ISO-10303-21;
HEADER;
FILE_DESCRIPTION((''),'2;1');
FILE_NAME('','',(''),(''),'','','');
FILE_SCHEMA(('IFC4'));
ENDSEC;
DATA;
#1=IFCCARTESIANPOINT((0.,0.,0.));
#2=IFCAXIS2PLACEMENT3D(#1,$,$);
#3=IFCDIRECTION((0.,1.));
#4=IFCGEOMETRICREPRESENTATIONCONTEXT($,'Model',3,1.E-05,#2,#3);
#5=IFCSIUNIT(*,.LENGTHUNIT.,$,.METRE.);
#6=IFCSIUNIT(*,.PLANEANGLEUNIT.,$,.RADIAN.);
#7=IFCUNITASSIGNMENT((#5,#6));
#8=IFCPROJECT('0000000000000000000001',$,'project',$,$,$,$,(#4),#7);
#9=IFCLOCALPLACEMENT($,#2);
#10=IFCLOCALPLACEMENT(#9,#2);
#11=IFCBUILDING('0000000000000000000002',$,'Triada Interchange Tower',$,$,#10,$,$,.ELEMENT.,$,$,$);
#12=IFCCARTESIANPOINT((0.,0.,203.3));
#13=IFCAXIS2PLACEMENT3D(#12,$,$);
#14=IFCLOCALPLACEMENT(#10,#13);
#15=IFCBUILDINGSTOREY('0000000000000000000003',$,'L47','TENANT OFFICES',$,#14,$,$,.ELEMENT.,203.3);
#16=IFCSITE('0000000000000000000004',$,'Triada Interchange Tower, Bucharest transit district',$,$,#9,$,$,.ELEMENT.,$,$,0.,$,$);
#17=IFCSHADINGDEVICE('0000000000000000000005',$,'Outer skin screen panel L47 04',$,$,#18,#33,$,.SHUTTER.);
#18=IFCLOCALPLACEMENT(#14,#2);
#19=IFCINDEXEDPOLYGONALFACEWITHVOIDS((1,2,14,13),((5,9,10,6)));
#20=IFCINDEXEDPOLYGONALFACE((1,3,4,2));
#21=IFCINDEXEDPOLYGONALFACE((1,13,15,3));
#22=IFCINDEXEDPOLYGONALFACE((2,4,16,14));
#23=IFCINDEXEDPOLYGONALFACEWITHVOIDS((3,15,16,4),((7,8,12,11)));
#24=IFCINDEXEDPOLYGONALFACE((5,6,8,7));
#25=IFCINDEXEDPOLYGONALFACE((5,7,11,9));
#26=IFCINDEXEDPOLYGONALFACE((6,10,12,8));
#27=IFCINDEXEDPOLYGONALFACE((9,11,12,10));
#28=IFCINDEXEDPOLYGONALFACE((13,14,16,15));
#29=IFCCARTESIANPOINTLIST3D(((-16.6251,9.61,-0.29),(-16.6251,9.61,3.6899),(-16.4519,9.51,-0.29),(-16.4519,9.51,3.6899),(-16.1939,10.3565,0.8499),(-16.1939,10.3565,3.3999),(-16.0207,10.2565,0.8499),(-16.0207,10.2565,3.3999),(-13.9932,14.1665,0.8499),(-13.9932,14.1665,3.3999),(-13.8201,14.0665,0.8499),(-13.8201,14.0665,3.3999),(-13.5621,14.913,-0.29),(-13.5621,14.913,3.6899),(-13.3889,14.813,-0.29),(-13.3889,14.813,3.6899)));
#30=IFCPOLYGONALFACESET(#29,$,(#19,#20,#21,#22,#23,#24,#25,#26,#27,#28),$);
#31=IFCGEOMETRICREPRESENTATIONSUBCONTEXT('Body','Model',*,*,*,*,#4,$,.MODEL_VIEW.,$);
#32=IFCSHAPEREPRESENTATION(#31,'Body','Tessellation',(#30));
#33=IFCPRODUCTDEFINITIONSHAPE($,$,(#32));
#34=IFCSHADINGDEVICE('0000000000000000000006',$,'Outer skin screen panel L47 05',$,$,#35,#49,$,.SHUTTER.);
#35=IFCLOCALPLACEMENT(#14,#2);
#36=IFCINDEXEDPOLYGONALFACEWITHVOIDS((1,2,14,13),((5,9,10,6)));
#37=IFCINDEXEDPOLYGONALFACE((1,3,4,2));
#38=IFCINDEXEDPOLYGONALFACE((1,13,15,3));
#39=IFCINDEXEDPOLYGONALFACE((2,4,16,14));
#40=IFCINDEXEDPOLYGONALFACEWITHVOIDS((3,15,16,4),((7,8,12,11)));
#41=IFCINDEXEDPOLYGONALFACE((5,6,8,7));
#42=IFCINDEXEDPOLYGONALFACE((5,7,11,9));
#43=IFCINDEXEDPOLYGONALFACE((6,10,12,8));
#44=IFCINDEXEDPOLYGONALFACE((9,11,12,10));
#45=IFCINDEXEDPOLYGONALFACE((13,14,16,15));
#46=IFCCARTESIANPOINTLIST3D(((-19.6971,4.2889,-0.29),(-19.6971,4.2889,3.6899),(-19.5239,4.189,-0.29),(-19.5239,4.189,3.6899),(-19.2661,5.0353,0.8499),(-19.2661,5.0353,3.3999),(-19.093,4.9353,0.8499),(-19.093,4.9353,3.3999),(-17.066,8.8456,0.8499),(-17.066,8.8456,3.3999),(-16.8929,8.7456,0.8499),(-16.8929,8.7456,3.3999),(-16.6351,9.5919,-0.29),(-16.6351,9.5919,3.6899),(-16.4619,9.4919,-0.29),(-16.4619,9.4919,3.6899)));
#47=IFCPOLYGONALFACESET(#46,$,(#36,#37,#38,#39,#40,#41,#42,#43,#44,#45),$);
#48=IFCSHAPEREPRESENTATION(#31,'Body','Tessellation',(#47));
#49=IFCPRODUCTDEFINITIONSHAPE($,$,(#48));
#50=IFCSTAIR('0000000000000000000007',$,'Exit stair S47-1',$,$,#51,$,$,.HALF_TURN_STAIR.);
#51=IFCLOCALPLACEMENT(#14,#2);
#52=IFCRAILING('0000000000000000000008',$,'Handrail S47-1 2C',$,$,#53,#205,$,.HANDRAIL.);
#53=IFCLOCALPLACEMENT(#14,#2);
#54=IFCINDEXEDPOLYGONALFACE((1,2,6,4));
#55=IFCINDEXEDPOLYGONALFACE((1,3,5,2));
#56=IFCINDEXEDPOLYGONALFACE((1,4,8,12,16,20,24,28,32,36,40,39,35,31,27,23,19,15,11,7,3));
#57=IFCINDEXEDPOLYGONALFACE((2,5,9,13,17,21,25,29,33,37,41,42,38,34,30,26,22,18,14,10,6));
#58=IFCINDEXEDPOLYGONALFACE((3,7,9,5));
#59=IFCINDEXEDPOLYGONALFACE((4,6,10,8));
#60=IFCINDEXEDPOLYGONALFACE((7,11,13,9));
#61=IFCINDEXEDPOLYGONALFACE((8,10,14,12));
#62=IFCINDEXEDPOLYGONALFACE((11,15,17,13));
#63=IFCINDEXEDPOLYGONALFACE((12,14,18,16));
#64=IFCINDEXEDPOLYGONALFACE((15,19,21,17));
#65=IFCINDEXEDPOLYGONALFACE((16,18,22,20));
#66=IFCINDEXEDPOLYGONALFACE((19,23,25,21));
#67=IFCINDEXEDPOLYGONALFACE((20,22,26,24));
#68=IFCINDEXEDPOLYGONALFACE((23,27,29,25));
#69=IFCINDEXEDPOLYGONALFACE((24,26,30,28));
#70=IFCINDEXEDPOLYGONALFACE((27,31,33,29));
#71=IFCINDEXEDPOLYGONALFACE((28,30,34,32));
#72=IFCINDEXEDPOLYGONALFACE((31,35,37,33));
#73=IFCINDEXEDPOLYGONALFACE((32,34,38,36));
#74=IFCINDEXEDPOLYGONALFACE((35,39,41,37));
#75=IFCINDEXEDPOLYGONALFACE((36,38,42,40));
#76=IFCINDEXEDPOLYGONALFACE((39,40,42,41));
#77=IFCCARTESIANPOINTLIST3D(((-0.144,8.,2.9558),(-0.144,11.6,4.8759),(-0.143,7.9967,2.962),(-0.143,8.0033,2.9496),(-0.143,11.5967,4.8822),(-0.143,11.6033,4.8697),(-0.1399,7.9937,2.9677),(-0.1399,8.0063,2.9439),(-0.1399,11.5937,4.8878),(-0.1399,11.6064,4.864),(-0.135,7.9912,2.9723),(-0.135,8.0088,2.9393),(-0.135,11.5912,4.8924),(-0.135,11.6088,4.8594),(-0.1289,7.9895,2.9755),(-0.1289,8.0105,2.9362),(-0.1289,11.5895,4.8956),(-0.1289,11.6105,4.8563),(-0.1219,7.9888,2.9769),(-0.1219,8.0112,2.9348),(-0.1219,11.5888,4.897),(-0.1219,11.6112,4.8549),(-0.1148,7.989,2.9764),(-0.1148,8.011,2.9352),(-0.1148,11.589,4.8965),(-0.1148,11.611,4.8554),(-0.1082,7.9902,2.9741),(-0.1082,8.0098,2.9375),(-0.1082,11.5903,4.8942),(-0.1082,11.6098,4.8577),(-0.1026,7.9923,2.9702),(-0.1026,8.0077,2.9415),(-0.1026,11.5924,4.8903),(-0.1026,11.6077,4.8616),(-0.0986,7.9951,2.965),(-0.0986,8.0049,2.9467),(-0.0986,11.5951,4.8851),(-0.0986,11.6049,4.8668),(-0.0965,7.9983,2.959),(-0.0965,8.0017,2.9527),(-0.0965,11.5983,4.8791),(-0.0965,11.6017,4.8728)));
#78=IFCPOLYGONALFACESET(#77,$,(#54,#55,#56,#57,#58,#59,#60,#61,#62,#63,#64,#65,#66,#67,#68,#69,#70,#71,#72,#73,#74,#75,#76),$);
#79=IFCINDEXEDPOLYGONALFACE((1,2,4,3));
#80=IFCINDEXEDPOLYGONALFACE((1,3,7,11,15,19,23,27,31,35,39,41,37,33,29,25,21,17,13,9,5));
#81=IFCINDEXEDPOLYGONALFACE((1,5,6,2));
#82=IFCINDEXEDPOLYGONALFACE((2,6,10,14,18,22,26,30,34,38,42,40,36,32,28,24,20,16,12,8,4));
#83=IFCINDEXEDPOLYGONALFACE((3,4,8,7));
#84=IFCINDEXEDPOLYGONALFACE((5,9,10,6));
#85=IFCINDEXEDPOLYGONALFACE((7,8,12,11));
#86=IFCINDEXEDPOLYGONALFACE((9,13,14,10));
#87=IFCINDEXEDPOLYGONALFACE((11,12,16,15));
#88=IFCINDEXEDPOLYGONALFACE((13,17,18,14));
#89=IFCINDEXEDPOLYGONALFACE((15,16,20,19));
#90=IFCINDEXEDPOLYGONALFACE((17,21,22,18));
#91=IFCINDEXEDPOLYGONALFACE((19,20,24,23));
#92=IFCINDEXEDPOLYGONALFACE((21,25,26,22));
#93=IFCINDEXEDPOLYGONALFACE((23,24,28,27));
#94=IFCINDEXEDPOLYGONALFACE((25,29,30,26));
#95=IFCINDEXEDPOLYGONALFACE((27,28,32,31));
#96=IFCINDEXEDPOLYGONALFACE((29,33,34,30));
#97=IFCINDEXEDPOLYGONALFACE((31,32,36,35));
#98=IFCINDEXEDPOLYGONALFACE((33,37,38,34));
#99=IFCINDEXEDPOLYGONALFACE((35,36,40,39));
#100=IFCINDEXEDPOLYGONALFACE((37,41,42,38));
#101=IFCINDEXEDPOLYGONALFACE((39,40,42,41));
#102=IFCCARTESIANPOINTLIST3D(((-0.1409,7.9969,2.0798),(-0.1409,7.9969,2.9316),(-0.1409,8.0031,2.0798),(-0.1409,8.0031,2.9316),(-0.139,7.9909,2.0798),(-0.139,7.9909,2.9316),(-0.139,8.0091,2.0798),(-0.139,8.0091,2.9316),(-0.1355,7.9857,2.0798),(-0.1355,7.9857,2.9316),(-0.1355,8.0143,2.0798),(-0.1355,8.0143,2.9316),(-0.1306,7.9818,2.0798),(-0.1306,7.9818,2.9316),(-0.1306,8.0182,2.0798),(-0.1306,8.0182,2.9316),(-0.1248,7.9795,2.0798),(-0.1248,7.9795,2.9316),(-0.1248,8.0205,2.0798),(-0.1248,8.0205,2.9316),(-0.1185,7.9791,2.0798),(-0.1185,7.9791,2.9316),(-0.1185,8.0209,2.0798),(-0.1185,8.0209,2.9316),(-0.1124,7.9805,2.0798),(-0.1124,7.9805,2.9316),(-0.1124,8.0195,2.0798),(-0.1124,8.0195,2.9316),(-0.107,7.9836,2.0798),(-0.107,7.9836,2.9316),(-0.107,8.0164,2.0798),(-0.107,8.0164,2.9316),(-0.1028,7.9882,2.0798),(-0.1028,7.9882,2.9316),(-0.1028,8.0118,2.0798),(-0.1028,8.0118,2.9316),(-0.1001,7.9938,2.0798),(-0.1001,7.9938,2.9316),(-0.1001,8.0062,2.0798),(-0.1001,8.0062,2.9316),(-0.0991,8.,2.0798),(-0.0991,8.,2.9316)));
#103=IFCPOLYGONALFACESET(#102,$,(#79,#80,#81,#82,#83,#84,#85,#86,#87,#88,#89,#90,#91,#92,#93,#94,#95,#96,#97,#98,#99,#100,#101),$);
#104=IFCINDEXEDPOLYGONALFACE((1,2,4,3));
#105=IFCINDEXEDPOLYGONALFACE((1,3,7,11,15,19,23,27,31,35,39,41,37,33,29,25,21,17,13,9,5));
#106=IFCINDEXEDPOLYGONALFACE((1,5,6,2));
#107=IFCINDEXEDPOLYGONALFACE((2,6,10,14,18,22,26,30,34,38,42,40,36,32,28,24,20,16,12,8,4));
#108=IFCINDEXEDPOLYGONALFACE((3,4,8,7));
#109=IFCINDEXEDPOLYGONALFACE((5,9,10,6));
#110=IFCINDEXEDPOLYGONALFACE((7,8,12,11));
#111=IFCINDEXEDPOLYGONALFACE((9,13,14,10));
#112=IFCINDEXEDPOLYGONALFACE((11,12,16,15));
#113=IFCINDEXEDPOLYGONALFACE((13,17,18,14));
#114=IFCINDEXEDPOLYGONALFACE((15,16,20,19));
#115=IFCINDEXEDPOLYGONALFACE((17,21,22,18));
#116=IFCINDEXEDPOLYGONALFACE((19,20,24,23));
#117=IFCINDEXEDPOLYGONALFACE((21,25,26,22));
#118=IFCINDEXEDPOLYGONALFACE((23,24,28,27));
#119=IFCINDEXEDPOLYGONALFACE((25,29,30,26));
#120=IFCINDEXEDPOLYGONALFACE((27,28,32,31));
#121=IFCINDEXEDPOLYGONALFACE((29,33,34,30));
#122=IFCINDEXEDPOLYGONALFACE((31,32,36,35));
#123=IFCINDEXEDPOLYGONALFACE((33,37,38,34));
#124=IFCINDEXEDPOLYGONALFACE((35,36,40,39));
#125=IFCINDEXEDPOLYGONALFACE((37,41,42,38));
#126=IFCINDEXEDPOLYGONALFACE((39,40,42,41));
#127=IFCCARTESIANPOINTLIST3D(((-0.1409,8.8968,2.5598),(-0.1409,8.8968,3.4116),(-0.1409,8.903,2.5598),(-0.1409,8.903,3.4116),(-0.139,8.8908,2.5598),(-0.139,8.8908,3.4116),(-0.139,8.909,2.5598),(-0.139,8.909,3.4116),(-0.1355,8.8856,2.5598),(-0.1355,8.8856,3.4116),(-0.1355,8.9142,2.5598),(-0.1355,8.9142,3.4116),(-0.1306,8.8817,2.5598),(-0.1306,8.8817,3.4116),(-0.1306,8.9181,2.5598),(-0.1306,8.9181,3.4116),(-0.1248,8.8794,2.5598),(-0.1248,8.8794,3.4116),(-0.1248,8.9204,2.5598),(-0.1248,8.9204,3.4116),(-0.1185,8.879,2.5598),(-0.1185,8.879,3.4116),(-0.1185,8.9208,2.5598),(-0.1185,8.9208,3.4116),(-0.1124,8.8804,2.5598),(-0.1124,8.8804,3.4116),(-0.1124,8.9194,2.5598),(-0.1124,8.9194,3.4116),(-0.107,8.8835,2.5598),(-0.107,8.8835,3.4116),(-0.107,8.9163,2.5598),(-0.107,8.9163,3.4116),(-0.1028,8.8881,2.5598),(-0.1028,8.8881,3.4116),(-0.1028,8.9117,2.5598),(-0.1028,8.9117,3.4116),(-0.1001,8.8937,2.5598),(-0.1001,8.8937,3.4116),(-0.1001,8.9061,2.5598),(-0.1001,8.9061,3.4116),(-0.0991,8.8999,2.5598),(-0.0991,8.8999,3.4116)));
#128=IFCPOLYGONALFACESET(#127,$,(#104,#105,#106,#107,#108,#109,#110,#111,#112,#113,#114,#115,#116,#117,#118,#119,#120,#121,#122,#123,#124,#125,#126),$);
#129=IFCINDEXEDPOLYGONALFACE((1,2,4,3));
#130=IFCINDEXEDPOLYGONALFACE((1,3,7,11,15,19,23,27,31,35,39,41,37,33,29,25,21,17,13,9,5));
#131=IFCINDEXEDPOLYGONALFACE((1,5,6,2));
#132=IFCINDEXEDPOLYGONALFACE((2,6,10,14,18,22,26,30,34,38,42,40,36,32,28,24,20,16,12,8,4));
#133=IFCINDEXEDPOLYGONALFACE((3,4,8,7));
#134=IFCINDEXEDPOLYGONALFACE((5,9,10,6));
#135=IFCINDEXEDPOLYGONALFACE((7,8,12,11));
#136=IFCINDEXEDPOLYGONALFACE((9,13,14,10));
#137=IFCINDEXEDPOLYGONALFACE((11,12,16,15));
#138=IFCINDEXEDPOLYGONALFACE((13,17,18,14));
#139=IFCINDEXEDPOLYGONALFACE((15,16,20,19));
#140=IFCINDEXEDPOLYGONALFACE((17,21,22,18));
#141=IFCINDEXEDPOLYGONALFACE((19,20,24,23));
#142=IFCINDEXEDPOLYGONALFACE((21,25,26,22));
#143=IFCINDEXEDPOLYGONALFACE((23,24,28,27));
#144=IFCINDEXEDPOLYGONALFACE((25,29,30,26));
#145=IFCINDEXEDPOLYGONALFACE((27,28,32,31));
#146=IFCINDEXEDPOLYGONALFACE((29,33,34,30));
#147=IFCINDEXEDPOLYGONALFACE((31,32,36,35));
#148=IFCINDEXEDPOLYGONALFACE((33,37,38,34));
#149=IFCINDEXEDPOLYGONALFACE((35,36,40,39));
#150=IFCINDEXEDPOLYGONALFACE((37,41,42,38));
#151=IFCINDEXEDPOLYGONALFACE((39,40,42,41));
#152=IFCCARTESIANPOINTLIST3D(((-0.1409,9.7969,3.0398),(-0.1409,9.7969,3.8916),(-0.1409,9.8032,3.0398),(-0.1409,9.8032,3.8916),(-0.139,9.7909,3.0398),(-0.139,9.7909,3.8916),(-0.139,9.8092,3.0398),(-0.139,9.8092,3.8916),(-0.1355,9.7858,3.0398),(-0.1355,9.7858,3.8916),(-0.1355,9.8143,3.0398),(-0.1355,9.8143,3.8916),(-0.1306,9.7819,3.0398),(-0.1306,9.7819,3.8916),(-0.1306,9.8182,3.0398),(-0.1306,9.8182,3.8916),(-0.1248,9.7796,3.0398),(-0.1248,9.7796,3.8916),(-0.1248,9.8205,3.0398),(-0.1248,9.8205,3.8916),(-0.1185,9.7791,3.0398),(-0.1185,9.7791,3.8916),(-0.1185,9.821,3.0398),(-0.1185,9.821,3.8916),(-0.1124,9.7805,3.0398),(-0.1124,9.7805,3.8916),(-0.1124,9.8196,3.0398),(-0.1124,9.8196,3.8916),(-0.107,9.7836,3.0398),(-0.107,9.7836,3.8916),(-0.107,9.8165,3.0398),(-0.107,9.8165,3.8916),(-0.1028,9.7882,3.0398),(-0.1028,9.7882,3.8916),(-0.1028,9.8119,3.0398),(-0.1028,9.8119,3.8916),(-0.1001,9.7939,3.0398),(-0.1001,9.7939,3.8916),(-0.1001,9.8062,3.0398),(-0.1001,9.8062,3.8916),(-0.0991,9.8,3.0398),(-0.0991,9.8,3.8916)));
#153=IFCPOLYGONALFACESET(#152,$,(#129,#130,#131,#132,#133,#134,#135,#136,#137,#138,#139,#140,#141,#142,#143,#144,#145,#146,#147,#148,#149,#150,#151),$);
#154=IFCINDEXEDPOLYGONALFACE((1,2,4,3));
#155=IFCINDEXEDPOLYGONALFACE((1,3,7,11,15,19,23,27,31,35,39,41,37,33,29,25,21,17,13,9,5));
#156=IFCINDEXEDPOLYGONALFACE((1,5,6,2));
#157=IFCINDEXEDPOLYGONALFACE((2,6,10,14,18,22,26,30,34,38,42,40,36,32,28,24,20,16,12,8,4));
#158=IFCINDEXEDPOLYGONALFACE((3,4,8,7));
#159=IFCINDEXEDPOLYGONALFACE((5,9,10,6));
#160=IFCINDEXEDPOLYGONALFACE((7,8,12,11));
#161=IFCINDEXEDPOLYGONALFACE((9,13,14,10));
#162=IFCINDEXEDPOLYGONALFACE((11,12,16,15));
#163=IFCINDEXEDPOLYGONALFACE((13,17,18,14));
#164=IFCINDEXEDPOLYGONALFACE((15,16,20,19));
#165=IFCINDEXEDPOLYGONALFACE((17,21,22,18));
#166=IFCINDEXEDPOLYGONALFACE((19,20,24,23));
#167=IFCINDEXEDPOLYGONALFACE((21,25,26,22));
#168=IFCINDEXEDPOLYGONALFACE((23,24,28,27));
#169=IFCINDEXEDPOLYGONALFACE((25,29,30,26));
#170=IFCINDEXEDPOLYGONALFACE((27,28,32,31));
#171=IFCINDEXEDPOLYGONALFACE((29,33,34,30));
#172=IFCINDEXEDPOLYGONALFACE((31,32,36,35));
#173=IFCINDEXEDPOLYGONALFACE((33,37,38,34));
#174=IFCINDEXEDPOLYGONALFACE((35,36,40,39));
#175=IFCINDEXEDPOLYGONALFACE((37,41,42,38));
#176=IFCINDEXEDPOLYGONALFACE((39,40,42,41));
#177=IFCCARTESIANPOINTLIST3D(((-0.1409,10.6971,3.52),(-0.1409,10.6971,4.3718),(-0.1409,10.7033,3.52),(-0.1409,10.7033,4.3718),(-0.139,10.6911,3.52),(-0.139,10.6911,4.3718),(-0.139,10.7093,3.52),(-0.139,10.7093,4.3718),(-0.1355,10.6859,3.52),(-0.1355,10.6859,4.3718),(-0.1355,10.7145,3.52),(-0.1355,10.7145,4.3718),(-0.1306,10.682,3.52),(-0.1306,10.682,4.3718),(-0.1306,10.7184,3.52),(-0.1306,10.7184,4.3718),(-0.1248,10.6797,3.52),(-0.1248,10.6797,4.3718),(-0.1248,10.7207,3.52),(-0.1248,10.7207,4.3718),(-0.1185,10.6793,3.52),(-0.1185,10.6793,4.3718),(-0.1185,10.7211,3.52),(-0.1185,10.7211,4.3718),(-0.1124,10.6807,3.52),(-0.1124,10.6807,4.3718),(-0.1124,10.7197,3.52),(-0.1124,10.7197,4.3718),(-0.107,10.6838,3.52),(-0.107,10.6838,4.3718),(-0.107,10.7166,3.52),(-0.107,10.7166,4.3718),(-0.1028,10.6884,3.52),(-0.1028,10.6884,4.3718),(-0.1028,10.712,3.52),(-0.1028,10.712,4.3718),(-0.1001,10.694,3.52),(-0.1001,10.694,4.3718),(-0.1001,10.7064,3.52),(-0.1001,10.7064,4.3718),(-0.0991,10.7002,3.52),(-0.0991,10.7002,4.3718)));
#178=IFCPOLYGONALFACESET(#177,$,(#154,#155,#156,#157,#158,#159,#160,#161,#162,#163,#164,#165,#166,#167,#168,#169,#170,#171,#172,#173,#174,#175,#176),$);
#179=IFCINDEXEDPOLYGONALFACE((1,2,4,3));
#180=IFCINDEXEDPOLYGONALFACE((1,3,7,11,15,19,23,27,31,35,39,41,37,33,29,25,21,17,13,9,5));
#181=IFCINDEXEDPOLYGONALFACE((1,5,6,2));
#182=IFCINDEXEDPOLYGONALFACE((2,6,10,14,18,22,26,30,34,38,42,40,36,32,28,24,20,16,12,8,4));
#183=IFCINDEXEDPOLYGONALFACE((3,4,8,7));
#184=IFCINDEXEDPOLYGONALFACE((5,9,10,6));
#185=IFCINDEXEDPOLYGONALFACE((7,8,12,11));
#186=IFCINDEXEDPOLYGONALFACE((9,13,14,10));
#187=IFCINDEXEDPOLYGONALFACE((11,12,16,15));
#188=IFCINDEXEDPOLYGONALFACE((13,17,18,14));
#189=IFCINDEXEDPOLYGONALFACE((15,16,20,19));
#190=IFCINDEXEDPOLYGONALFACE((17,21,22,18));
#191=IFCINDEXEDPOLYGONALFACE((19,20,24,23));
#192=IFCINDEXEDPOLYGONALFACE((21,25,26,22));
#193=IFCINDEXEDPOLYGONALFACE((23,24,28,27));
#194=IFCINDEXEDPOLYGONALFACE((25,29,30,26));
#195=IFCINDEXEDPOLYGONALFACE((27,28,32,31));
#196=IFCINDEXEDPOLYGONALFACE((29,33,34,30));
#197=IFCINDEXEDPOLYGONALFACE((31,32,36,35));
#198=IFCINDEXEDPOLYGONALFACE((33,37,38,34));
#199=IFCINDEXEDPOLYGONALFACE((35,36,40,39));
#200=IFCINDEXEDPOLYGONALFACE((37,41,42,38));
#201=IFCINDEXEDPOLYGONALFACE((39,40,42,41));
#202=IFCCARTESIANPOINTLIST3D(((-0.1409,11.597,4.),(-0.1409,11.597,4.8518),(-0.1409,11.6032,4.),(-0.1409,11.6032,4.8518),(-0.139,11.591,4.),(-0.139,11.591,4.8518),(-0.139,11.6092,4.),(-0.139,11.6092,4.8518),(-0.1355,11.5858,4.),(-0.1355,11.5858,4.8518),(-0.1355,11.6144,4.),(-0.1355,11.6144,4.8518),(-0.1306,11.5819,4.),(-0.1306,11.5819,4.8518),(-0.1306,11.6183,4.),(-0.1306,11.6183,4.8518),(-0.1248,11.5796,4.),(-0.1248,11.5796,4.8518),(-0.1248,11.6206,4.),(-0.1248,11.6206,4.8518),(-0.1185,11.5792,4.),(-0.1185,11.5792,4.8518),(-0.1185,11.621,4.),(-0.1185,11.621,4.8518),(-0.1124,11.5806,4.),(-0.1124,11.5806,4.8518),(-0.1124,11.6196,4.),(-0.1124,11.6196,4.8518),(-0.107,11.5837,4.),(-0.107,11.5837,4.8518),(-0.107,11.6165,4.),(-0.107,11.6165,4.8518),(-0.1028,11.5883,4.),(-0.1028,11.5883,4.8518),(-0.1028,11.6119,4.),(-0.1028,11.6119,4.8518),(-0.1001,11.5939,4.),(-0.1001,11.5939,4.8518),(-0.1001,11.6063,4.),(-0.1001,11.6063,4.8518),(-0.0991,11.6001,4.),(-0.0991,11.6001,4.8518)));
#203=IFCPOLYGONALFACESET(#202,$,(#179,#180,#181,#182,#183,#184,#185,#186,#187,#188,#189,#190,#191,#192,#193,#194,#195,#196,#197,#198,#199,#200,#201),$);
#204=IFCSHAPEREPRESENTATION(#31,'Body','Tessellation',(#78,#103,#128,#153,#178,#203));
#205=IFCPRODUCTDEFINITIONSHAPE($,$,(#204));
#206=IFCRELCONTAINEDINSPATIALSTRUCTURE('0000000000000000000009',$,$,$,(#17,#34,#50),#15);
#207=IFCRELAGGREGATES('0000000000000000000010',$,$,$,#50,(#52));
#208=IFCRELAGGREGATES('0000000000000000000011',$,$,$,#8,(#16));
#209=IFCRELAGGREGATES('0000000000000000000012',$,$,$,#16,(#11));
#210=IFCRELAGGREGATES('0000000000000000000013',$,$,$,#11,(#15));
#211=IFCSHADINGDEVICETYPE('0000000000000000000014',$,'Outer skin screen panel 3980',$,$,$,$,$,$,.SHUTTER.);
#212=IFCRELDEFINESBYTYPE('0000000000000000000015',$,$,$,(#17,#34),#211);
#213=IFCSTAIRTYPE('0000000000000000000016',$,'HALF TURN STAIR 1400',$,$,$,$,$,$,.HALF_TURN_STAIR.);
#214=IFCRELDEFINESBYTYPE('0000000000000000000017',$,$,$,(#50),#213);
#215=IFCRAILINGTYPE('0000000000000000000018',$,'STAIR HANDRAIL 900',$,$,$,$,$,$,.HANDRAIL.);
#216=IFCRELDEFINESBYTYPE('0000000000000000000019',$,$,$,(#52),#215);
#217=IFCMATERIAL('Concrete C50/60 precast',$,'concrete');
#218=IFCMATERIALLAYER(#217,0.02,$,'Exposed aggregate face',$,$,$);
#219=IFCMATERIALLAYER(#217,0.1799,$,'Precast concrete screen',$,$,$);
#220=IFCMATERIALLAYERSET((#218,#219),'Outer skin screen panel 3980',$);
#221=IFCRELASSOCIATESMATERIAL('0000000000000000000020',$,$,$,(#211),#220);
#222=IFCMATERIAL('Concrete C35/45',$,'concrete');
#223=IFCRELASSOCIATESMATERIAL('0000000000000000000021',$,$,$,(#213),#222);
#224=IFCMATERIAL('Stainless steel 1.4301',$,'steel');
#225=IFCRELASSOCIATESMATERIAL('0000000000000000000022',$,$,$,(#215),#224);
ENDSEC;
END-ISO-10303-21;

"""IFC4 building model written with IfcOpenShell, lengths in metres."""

from ifc_helpers import new_model, si_unit, direction, frame, origin, origin_2d, place, context, subcontext, project, spatial, polyline, circle, outline, extrude, material, layer, layer_set, type_object, element, aggregate, save


model = new_model("IFC4")

# Units and contexts
model_context = context("Model", 3, precision=1e-05, world=origin(), true_north=direction((0.0, 1.0)))
body_context = subcontext(model_context, "Body", "Model", "MODEL_VIEW")
ifc_project = project(units=[si_unit("LENGTHUNIT", "METRE"), si_unit("PLANEANGLEUNIT", "RADIAN")], contexts=[model_context])

# Site, building, storey
site_placement = place(None, origin())
site = spatial("IfcSite", under=ifc_project, at=site_placement, Name="Triada Interchange Tower, Bucharest transit district", CompositionType="ELEMENT", RefElevation=0.0)
building_placement = place(site_placement, origin())
building = spatial("IfcBuilding", under=site, at=building_placement, Name="Triada Interchange Tower", CompositionType="ELEMENT")
storey_placement = place(building_placement, frame((0.0, 0.0, 203.3)))
storey = spatial("IfcBuildingStorey", under=building, at=storey_placement, Name="L47", Description="TENANT OFFICES", CompositionType="ELEMENT", Elevation=203.3)

# Shading devices
ifc_material_1 = material(Name="Concrete C50/60 precast", Category="concrete")
ifc_layer_1 = layer(ifc_material_1, 0.02, Name="Exposed aggregate face")
ifc_layer_2 = layer(ifc_material_1, 0.1799, Name="Precast concrete screen")
ifc_layer_set_1 = layer_set([ifc_layer_1, ifc_layer_2], Name="Outer skin screen panel 3980")
shading_device_type = type_object("IfcShadingDeviceType", Name="Outer skin screen panel 3980", PredefinedType="SHUTTER", material=ifc_layer_set_1)
shading_device_1_placement = place(storey_placement, frame((-13.3889, 14.813, -0.29), z_axis=(0.0, 0.0, 1.0), x_axis=(-0.500161, -0.865933, 0.0)))
element("IfcShadingDevice", 1, at=shading_device_1_placement, inside=storey, type_object=shading_device_type, Name="Outer skin screen panel L47 04", PredefinedType="SHUTTER", context=body_context, shape_type="SweptSolid", body=[
    extrude(outline(polyline([(0.0, 0.0), (6.124, 0.0), (6.124, 3.98), (0.0, 3.98), (0.0, 0.0)]), holes=[polyline([(0.8621, 1.1399), (0.8621, 3.6899), (5.262, 3.6899), (5.262, 1.1399), (0.8621, 1.1399)])]), frame((0.0, 0.0, 0.0), z_axis=(0.0, -1.0, 0.0), x_axis=(1.0, 0.0, 0.0)), (0.0, 0.0, 1.0), 0.2),
])
shading_device_2_placement = place(storey_placement, frame((-16.4619, 9.4919, -0.29), z_axis=(0.0, 0.0, 1.0), x_axis=(-0.500041, -0.866002, 0.0)))
element("IfcShadingDevice", 2, at=shading_device_2_placement, inside=storey, type_object=shading_device_type, Name="Outer skin screen panel L47 05", PredefinedType="SHUTTER", context=body_context, shape_type="SweptSolid", body=[
    extrude(outline(polyline([(0.0, 0.0), (6.1235, 0.0), (6.1235, 3.98), (0.0, 3.98), (0.0, 0.0)]), holes=[polyline([(0.8618, 1.1399), (0.8618, 3.6899), (5.2617, 3.6899), (5.2617, 1.1399), (0.8618, 1.1399)])]), frame((0.0, 0.0, 0.0), z_axis=(0.0, -1.0, 0.0), x_axis=(1.0, 0.0, 0.0)), (0.0, 0.0, 1.0), 0.2),
])

# Stair, railing
ifc_material_2 = material(Name="Concrete C35/45", Category="concrete")
stair_type = type_object("IfcStairType", Name="HALF TURN STAIR 1400", PredefinedType="HALF_TURN_STAIR", material=ifc_material_2)
stair_placement = place(storey_placement, origin())
stair = element("IfcStair", 3, at=stair_placement, inside=storey, type_object=stair_type, Name="Exit stair S47-1", PredefinedType="HALF_TURN_STAIR")
ifc_material_3 = material(Name="Stainless steel 1.4301", Category="steel")
railing_type = type_object("IfcRailingType", Name="STAIR HANDRAIL 900", PredefinedType="HANDRAIL", material=ifc_material_3)
railing_placement = place(storey_placement, frame((-0.1201, 8.0, 2.0798)))
railing = element("IfcRailing", 4, at=railing_placement, type_object=railing_type, Name="Handrail S47-1 2C", PredefinedType="HANDRAIL", context=body_context, shape_type="SweptSolid", body=[
    extrude(circle(Radius=0.0239, at=origin_2d()), frame((0.0, 0.0, 0.876), z_axis=(0.0, 0.882341, 0.47061), x_axis=(-1.0, 0.0, 0.0)), (0.0, 0.0, 1.0), 4.0801),
    extrude(circle(Radius=0.021, at=origin_2d()), origin(), (0.0, 0.0, 1.0), 0.8518),
    extrude(circle(Radius=0.021, at=origin_2d()), frame((0.0, 0.8999, 0.48)), (0.0, 0.0, 1.0), 0.8518),
    extrude(circle(Radius=0.021, at=origin_2d()), frame((0.0, 1.8, 0.96)), (0.0, 0.0, 1.0), 0.8518),
    extrude(circle(Radius=0.021, at=origin_2d()), frame((0.0, 2.7002, 1.4402)), (0.0, 0.0, 1.0), 0.8518),
    extrude(circle(Radius=0.021, at=origin_2d()), frame((0.0, 3.6001, 1.9202)), (0.0, 0.0, 1.0), 0.8518),
])
aggregate(stair, [railing])

save(model, "model.ifc")
